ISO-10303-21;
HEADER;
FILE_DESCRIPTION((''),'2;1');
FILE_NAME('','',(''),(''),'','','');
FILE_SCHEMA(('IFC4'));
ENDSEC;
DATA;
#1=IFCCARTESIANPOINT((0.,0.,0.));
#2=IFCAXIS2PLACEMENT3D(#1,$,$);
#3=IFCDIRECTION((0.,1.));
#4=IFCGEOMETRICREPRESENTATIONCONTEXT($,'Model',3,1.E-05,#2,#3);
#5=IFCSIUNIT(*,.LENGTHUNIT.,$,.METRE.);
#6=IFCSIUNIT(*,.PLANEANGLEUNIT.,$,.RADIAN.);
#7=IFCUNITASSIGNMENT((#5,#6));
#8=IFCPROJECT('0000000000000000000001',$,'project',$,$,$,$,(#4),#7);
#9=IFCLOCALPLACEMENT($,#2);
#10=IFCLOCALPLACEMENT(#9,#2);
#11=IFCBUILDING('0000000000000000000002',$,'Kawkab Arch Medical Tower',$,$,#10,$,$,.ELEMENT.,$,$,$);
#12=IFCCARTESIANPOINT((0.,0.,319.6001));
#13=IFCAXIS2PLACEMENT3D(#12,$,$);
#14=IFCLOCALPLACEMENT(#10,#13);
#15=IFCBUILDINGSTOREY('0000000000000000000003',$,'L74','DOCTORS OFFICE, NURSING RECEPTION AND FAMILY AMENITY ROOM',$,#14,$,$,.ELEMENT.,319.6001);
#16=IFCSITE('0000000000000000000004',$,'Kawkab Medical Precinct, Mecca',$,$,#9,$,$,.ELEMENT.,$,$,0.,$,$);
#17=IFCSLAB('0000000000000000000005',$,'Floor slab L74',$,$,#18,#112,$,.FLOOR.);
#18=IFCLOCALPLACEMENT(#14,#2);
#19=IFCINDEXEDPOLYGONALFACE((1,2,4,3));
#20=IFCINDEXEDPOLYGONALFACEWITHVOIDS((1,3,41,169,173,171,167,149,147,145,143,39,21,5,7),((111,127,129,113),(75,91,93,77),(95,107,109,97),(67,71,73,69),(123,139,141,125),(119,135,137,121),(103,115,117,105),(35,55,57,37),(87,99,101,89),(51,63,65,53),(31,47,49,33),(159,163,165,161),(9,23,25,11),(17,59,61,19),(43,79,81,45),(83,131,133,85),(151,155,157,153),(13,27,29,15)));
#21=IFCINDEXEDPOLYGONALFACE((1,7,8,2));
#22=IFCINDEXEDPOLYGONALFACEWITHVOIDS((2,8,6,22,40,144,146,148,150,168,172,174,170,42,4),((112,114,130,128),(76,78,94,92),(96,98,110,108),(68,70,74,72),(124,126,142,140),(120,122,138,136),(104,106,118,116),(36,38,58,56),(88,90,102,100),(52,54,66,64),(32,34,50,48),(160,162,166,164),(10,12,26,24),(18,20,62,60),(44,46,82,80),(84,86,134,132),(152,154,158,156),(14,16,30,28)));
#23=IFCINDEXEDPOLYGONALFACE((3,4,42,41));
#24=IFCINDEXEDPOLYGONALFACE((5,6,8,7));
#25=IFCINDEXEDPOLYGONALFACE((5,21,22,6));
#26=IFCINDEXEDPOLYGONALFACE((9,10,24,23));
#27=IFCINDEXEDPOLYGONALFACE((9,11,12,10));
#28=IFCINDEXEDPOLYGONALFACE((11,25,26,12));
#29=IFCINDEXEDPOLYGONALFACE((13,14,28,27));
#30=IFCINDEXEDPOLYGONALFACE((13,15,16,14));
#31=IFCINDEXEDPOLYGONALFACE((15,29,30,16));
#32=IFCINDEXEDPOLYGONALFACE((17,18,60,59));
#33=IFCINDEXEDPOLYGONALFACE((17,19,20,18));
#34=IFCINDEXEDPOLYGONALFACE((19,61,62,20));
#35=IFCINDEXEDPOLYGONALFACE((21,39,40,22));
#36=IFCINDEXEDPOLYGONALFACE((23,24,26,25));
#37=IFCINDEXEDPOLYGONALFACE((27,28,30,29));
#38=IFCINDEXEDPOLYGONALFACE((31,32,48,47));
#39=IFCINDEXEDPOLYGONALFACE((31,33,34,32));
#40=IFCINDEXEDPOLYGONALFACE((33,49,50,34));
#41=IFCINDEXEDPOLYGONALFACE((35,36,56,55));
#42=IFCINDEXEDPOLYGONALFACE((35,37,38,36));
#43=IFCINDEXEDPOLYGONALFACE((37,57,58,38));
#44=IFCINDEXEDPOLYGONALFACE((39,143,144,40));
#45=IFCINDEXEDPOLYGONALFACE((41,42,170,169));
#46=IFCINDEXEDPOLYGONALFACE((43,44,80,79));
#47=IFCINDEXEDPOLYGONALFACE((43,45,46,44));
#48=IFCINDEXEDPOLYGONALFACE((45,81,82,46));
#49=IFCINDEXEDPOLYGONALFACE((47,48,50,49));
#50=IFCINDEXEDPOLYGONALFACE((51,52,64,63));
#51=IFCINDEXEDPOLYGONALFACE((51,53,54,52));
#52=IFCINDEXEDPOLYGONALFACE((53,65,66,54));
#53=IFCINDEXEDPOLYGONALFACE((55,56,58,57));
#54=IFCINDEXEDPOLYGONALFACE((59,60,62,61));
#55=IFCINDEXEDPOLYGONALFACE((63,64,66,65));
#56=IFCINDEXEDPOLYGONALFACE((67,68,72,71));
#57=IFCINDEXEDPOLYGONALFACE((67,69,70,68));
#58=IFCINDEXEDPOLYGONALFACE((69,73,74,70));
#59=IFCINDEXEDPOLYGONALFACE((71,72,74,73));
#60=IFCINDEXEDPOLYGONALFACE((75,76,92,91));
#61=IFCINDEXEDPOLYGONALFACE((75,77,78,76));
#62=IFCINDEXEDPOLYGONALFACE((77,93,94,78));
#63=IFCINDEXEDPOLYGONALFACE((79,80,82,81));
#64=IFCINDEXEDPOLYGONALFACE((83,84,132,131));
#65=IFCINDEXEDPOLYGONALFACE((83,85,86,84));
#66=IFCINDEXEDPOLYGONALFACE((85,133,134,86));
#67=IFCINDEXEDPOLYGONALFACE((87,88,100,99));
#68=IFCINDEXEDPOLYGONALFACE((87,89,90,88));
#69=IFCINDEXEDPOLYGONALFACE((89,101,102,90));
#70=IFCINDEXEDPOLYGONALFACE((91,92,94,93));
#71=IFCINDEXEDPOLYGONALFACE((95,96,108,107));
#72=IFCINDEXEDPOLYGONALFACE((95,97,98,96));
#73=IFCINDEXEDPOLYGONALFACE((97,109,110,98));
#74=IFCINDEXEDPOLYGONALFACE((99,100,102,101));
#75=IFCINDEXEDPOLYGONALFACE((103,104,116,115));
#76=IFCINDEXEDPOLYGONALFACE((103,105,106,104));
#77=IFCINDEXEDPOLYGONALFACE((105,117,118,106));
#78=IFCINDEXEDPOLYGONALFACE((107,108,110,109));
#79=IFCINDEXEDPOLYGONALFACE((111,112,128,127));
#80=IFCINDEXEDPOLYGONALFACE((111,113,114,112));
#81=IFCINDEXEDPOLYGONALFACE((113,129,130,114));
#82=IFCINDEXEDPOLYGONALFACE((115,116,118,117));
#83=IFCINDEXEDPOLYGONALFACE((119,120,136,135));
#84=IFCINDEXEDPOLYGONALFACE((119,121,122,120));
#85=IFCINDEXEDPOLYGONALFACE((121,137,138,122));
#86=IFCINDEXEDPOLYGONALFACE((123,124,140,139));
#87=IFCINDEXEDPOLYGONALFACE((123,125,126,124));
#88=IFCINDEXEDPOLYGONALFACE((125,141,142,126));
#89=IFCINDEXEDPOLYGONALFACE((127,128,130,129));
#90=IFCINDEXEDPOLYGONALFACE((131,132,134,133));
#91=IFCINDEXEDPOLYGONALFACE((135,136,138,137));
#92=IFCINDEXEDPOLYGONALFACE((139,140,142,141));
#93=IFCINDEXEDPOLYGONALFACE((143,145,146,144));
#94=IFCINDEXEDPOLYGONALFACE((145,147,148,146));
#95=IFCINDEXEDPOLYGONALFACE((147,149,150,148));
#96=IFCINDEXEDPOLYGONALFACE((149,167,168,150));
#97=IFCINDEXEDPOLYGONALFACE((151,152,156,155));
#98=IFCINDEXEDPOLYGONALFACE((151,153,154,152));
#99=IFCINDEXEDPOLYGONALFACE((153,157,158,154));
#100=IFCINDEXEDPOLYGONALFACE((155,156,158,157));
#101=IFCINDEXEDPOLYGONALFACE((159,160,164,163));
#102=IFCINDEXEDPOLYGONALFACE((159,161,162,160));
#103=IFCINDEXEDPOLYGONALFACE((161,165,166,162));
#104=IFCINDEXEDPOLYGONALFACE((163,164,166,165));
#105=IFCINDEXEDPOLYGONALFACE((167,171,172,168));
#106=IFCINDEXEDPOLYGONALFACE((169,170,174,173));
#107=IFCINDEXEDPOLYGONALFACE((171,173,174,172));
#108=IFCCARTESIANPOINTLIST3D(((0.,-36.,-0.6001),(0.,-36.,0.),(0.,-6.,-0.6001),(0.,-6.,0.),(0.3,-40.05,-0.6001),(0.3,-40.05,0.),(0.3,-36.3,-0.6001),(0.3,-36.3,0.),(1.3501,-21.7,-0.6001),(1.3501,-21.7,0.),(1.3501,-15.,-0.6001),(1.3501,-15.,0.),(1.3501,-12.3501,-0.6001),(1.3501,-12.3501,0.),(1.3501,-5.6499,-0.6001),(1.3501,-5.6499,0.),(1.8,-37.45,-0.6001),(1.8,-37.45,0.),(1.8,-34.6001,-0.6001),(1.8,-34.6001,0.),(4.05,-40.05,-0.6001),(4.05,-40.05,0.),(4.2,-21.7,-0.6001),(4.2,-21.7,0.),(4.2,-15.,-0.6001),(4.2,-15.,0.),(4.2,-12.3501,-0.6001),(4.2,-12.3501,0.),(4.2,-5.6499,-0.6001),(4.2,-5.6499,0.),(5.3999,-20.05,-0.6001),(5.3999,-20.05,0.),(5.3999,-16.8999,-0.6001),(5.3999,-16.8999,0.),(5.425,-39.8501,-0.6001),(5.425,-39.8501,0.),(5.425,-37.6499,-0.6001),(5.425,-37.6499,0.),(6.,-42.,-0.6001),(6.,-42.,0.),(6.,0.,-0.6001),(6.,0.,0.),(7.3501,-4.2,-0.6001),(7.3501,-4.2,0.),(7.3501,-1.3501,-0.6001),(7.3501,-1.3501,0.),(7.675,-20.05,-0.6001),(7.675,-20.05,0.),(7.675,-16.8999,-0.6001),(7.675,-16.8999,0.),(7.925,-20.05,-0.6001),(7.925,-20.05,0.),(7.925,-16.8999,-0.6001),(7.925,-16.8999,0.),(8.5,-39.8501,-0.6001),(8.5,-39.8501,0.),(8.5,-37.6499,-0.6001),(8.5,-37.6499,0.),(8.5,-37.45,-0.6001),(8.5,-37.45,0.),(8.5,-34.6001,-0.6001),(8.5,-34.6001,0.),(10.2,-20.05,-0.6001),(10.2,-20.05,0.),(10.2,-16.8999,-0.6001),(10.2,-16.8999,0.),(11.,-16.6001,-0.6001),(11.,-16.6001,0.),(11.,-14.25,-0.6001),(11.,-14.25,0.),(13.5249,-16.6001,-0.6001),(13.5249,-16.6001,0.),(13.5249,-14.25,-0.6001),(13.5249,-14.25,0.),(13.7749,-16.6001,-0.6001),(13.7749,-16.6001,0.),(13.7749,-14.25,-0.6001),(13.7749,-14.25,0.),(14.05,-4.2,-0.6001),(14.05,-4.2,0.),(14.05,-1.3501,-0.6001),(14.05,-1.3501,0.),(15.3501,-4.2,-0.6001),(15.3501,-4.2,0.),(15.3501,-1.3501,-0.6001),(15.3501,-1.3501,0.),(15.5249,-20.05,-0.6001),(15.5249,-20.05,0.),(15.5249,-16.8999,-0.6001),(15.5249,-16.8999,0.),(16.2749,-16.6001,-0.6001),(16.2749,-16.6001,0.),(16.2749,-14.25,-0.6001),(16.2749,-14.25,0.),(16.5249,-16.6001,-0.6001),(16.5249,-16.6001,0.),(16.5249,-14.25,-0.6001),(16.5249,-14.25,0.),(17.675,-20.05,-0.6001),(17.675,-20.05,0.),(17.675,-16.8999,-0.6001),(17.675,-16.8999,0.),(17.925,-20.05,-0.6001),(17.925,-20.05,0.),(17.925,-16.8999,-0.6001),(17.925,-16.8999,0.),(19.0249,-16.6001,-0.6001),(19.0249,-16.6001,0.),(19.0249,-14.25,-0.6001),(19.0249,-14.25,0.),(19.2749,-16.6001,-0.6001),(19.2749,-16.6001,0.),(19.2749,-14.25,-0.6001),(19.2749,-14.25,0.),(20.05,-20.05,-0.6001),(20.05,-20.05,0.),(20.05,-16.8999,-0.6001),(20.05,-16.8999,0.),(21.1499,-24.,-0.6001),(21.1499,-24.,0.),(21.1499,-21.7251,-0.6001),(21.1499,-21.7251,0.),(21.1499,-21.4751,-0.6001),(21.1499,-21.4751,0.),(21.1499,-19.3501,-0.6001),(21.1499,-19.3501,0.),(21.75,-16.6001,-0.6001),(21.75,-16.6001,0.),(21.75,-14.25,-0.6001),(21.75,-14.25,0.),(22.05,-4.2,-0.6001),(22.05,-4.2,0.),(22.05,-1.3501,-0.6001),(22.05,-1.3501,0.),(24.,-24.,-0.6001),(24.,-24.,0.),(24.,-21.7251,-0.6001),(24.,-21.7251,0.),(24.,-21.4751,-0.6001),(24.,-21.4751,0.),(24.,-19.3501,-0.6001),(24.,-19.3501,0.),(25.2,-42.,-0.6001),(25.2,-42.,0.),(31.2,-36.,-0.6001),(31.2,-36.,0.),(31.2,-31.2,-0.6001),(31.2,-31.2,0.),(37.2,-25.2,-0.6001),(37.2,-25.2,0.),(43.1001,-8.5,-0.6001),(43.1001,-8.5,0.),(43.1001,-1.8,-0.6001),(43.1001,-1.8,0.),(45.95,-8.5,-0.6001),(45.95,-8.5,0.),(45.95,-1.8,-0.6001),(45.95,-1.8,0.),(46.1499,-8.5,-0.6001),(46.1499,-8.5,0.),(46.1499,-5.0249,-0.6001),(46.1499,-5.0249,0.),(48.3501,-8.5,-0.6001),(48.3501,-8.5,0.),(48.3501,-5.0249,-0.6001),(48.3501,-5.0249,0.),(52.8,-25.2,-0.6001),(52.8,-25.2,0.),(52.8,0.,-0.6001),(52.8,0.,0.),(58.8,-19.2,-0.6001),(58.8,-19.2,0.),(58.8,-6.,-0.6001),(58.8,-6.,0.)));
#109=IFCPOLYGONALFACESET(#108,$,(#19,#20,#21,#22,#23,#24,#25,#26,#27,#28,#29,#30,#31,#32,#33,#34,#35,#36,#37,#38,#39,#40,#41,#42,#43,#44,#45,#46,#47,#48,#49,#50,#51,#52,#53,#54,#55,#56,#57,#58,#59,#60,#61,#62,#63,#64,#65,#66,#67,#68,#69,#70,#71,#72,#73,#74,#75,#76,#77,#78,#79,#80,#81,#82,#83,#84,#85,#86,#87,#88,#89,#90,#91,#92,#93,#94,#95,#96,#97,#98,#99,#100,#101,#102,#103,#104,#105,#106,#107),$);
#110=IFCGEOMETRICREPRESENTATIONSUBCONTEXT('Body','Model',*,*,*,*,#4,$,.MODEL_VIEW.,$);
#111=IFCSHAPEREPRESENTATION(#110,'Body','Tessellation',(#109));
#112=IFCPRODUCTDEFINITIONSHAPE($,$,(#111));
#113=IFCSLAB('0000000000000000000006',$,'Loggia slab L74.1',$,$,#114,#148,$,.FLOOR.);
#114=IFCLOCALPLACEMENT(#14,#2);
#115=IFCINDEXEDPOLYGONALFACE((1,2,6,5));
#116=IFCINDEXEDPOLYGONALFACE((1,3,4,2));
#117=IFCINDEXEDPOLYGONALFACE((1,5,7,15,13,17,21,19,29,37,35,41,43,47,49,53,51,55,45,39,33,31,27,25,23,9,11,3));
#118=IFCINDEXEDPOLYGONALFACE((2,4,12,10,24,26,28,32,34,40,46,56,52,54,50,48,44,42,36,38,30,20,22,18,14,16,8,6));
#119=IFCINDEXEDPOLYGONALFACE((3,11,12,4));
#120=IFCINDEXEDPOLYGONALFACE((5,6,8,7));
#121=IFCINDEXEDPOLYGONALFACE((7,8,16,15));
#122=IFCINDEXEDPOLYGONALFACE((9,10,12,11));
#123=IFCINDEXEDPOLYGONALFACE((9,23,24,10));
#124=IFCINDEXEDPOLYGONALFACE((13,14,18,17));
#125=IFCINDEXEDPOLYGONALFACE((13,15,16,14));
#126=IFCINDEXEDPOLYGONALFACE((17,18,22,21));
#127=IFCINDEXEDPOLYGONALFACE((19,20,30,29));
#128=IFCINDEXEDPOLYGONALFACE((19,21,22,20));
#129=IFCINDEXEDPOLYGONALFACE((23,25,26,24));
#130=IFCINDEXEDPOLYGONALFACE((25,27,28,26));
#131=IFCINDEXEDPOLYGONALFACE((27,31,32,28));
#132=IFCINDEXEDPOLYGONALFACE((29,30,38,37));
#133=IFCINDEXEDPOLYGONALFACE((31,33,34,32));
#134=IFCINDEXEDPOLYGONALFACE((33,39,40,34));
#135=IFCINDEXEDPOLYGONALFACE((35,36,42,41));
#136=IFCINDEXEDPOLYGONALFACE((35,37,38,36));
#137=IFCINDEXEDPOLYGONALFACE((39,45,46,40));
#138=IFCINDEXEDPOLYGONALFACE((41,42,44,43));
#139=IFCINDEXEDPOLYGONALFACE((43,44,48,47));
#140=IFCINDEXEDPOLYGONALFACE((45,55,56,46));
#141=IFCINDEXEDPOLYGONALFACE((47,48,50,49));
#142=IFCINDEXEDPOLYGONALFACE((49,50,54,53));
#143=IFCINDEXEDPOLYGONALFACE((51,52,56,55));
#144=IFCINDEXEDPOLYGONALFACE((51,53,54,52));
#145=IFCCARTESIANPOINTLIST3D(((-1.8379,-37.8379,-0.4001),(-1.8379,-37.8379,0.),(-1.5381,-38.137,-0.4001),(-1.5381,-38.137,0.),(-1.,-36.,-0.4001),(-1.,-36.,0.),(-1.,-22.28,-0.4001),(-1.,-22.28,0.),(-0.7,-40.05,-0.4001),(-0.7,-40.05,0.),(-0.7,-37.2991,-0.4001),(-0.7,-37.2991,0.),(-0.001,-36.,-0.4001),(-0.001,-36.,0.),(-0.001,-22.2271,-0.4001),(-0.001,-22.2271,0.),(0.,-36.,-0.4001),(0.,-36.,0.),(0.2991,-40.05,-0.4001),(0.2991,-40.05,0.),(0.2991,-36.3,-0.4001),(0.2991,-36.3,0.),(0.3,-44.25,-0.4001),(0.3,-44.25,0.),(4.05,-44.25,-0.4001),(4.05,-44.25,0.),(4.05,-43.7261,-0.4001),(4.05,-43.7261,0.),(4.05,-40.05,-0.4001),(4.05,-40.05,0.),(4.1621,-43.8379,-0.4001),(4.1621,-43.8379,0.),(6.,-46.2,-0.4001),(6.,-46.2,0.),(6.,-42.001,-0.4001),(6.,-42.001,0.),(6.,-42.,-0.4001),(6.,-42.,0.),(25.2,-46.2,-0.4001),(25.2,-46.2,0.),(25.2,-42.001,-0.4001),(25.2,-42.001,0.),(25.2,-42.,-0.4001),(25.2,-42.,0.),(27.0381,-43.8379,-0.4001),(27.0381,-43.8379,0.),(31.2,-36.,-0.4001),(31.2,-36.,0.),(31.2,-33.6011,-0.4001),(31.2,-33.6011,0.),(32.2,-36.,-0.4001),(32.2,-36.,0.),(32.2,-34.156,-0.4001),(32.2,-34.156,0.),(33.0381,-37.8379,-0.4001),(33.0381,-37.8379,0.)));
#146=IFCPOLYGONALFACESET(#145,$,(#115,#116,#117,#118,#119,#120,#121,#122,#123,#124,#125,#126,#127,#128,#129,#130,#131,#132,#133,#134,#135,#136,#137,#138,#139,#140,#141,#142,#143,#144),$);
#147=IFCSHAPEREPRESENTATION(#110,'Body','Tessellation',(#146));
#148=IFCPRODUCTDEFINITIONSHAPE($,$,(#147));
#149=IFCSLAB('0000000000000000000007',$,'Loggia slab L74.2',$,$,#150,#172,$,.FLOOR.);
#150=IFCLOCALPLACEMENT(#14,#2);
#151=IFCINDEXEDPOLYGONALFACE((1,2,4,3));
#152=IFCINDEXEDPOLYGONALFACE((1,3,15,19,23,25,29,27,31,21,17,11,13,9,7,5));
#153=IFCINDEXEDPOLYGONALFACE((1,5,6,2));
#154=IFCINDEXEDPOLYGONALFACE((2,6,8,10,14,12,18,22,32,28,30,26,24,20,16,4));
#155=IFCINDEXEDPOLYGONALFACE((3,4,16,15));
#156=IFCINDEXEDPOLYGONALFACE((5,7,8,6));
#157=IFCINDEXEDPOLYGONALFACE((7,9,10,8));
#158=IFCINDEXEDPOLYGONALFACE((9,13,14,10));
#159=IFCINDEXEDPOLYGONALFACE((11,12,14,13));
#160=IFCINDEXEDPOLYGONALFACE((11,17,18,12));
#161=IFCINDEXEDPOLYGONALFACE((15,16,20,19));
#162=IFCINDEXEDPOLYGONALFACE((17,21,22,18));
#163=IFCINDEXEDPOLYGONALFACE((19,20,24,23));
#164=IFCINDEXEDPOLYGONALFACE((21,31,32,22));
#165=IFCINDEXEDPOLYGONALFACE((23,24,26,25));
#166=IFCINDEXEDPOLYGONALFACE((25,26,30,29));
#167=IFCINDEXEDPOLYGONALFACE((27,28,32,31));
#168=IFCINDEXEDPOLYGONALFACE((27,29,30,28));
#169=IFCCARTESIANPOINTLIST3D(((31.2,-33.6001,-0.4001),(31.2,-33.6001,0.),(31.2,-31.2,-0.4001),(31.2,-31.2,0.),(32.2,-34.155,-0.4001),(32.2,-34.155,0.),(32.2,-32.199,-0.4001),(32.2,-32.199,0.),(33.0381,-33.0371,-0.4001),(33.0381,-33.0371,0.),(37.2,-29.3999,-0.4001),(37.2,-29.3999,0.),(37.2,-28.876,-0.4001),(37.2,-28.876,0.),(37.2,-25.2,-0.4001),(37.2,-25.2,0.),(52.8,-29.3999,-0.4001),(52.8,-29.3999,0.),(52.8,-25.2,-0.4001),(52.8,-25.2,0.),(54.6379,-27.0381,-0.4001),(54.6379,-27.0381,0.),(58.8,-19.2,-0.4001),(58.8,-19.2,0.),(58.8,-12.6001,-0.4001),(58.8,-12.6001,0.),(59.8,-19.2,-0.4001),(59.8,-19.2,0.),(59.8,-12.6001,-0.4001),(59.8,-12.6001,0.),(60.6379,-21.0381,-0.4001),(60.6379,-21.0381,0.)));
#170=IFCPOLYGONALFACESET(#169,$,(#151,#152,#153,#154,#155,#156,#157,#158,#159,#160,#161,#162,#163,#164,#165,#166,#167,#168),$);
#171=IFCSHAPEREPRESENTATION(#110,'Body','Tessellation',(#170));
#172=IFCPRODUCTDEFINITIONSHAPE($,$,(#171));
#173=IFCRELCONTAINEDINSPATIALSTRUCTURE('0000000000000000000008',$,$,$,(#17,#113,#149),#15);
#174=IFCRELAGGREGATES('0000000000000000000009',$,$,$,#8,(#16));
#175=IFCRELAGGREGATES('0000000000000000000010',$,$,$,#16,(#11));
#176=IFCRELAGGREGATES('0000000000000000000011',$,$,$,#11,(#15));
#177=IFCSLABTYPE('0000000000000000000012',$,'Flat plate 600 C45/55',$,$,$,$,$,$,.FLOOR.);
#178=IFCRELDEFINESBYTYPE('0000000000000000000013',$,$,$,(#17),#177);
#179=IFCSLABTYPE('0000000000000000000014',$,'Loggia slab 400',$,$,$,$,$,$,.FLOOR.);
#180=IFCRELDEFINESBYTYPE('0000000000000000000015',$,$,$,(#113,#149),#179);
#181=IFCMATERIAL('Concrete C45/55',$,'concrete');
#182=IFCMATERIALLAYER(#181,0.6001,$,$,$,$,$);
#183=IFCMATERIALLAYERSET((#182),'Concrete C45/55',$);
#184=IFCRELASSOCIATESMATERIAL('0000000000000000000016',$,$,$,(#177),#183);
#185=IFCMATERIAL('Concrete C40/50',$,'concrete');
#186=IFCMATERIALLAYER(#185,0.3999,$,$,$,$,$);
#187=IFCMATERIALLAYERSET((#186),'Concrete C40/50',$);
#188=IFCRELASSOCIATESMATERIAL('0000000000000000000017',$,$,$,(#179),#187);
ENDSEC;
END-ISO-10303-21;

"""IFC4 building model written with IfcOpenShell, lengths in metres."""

from ifc_helpers import new_model, si_unit, direction, frame, origin, place, context, subcontext, project, spatial, polyline, outline, extrude, material, layer, layer_set, type_object, element, save


model = new_model("IFC4")

# Units and contexts
model_context = context("Model", 3, precision=1e-05, world=origin(), true_north=direction((0.0, 1.0)))
body_context = subcontext(model_context, "Body", "Model", "MODEL_VIEW")
ifc_project = project(units=[si_unit("LENGTHUNIT", "METRE"), si_unit("PLANEANGLEUNIT", "RADIAN")], contexts=[model_context])

# Site, building, storey
site_placement = place(None, origin())
site = spatial("IfcSite", under=ifc_project, at=site_placement, Name="Kawkab Medical Precinct, Mecca", CompositionType="ELEMENT", RefElevation=0.0)
building_placement = place(site_placement, origin())
building = spatial("IfcBuilding", under=site, at=building_placement, Name="Kawkab Arch Medical Tower", CompositionType="ELEMENT")
storey_placement = place(building_placement, frame((0.0, 0.0, 319.6001)))
storey = spatial("IfcBuildingStorey", under=building, at=storey_placement, Name="L74", Description="DOCTORS OFFICE, NURSING RECEPTION AND FAMILY AMENITY ROOM", CompositionType="ELEMENT", Elevation=319.6001)

# Slabs
ifc_material_1 = material(Name="Concrete C45/55", Category="concrete")
ifc_layer_1 = layer(ifc_material_1, 0.6001)
ifc_layer_set_1 = layer_set([ifc_layer_1], Name="Concrete C45/55")
slab_type_1 = type_object("IfcSlabType", Name="Flat plate 600 C45/55", PredefinedType="FLOOR", material=ifc_layer_set_1)
slab_1_placement = place(storey_placement, frame((0.0, 0.0, -0.6001)))
element("IfcSlab", 1, at=slab_1_placement, inside=storey, type_object=slab_type_1, Name="Floor slab L74", PredefinedType="FLOOR", context=body_context, shape_type="SweptSolid", body=[
    extrude(outline(polyline([(52.8, 0.0), (58.8, -6.0), (58.8, -19.2), (52.8, -25.2), (37.2, -25.2), (31.2, -31.2), (31.2, -36.0), (25.2, -42.0), (6.0, -42.0), (4.05, -40.05), (0.3, -40.05), (0.3, -36.3), (0.0, -36.0), (0.0, -6.0), (6.0, 0.0), (52.8, 0.0)]), holes=[polyline([(5.425, -37.6499), (5.425, -39.8501), (8.5, -39.8501), (8.5, -37.6499), (5.425, -37.6499)]), polyline([(8.5, -37.45), (8.5, -34.6001), (1.8, -34.6001), (1.8, -37.45), (8.5, -37.45)]), polyline([(5.3999, -20.05), (7.675, -20.05), (7.675, -16.8999), (5.3999, -16.8999), (5.3999, -20.05)]), polyline([(10.2, -16.8999), (7.925, -16.8999), (7.925, -20.05), (10.2, -20.05), (10.2, -16.8999)]), polyline([(4.2, -15.0), (1.3501, -15.0), (1.3501, -21.7), (4.2, -21.7), (4.2, -15.0)]), polyline([(13.5249, -16.6001), (13.5249, -14.25), (11.0, -14.25), (11.0, -16.6001), (13.5249, -16.6001)]), polyline([(13.7749, -14.25), (13.7749, -16.6001), (16.2749, -16.6001), (16.2749, -14.25), (13.7749, -14.25)]), polyline([(4.2, -12.3501), (4.2, -5.6499), (1.3501, -5.6499), (1.3501, -12.3501), (4.2, -12.3501)]), polyline([(7.3501, -4.2), (14.05, -4.2), (14.05, -1.3501), (7.3501, -1.3501), (7.3501, -4.2)]), polyline([(24.0, -21.7251), (21.1499, -21.7251), (21.1499, -24.0), (24.0, -24.0), (24.0, -21.7251)]), polyline([(24.0, -19.3501), (21.1499, -19.3501), (21.1499, -21.4751), (24.0, -21.4751), (24.0, -19.3501)]), polyline([(15.5249, -16.8999), (15.5249, -20.05), (17.675, -20.05), (17.675, -16.8999), (15.5249, -16.8999)]), polyline([(17.925, -16.8999), (17.925, -20.05), (20.05, -20.05), (20.05, -16.8999), (17.925, -16.8999)]), polyline([(19.0249, -14.25), (16.5249, -14.25), (16.5249, -16.6001), (19.0249, -16.6001), (19.0249, -14.25)]), polyline([(21.75, -14.25), (19.2749, -14.25), (19.2749, -16.6001), (21.75, -16.6001), (21.75, -14.25)]), polyline([(46.1499, -8.5), (48.3501, -8.5), (48.3501, -5.0249), (46.1499, -5.0249), (46.1499, -8.5)]), polyline([(43.1001, -1.8), (43.1001, -8.5), (45.95, -8.5), (45.95, -1.8), (43.1001, -1.8)]), polyline([(22.05, -1.3501), (15.3501, -1.3501), (15.3501, -4.2), (22.05, -4.2), (22.05, -1.3501)])]), origin(), (0.0, 0.0, 1.0), 0.6001),
])
ifc_material_2 = material(Name="Concrete C40/50", Category="concrete")
ifc_layer_2 = layer(ifc_material_2, 0.3999)
ifc_layer_set_2 = layer_set([ifc_layer_2], Name="Concrete C40/50")
slab_type_2 = type_object("IfcSlabType", Name="Loggia slab 400", PredefinedType="FLOOR", material=ifc_layer_set_2)
placement_1 = place(storey_placement, frame((0.0, 0.0, -0.4001)))
element("IfcSlab", 2, at=placement_1, inside=storey, type_object=slab_type_2, Name="Loggia slab L74.1", PredefinedType="FLOOR", context=body_context, shape_type="SweptSolid", body=[
    extrude(outline(polyline([(-1.0, -36.0), (-1.0, -22.28), (-0.001, -22.2271), (-0.001, -36.0), (0.0, -36.0), (0.2991, -36.3), (0.2991, -40.05), (4.05, -40.05), (6.0, -42.0), (6.0, -42.001), (25.2, -42.001), (25.2, -42.0), (31.2, -36.0), (31.2, -33.6011), (32.2, -34.156), (32.2, -36.0), (33.0381, -37.8379), (27.0381, -43.8379), (25.2, -46.2), (6.0, -46.2), (4.1621, -43.8379), (4.05, -43.7261), (4.05, -44.25), (0.3, -44.25), (-0.7, -40.05), (-0.7, -37.2991), (-1.5381, -38.137), (-1.8379, -37.8379), (-1.0, -36.0)])), origin(), (0.0, 0.0, 1.0), 0.4001),
])
element("IfcSlab", 3, at=placement_1, inside=storey, type_object=slab_type_2, Name="Loggia slab L74.2", PredefinedType="FLOOR", context=body_context, shape_type="SweptSolid", body=[
    extrude(outline(polyline([(31.2, -31.2), (37.2, -25.2), (52.8, -25.2), (58.8, -19.2), (58.8, -12.6001), (59.8, -12.6001), (59.8, -19.2), (60.6379, -21.0381), (54.6379, -27.0381), (52.8, -29.3999), (37.2, -29.3999), (37.2, -28.876), (33.0381, -33.0371), (32.2, -32.199), (32.2, -34.155), (31.2, -33.6001), (31.2, -31.2)])), origin(), (0.0, 0.0, 1.0), 0.4001),
])

save(model, "model.ifc")
